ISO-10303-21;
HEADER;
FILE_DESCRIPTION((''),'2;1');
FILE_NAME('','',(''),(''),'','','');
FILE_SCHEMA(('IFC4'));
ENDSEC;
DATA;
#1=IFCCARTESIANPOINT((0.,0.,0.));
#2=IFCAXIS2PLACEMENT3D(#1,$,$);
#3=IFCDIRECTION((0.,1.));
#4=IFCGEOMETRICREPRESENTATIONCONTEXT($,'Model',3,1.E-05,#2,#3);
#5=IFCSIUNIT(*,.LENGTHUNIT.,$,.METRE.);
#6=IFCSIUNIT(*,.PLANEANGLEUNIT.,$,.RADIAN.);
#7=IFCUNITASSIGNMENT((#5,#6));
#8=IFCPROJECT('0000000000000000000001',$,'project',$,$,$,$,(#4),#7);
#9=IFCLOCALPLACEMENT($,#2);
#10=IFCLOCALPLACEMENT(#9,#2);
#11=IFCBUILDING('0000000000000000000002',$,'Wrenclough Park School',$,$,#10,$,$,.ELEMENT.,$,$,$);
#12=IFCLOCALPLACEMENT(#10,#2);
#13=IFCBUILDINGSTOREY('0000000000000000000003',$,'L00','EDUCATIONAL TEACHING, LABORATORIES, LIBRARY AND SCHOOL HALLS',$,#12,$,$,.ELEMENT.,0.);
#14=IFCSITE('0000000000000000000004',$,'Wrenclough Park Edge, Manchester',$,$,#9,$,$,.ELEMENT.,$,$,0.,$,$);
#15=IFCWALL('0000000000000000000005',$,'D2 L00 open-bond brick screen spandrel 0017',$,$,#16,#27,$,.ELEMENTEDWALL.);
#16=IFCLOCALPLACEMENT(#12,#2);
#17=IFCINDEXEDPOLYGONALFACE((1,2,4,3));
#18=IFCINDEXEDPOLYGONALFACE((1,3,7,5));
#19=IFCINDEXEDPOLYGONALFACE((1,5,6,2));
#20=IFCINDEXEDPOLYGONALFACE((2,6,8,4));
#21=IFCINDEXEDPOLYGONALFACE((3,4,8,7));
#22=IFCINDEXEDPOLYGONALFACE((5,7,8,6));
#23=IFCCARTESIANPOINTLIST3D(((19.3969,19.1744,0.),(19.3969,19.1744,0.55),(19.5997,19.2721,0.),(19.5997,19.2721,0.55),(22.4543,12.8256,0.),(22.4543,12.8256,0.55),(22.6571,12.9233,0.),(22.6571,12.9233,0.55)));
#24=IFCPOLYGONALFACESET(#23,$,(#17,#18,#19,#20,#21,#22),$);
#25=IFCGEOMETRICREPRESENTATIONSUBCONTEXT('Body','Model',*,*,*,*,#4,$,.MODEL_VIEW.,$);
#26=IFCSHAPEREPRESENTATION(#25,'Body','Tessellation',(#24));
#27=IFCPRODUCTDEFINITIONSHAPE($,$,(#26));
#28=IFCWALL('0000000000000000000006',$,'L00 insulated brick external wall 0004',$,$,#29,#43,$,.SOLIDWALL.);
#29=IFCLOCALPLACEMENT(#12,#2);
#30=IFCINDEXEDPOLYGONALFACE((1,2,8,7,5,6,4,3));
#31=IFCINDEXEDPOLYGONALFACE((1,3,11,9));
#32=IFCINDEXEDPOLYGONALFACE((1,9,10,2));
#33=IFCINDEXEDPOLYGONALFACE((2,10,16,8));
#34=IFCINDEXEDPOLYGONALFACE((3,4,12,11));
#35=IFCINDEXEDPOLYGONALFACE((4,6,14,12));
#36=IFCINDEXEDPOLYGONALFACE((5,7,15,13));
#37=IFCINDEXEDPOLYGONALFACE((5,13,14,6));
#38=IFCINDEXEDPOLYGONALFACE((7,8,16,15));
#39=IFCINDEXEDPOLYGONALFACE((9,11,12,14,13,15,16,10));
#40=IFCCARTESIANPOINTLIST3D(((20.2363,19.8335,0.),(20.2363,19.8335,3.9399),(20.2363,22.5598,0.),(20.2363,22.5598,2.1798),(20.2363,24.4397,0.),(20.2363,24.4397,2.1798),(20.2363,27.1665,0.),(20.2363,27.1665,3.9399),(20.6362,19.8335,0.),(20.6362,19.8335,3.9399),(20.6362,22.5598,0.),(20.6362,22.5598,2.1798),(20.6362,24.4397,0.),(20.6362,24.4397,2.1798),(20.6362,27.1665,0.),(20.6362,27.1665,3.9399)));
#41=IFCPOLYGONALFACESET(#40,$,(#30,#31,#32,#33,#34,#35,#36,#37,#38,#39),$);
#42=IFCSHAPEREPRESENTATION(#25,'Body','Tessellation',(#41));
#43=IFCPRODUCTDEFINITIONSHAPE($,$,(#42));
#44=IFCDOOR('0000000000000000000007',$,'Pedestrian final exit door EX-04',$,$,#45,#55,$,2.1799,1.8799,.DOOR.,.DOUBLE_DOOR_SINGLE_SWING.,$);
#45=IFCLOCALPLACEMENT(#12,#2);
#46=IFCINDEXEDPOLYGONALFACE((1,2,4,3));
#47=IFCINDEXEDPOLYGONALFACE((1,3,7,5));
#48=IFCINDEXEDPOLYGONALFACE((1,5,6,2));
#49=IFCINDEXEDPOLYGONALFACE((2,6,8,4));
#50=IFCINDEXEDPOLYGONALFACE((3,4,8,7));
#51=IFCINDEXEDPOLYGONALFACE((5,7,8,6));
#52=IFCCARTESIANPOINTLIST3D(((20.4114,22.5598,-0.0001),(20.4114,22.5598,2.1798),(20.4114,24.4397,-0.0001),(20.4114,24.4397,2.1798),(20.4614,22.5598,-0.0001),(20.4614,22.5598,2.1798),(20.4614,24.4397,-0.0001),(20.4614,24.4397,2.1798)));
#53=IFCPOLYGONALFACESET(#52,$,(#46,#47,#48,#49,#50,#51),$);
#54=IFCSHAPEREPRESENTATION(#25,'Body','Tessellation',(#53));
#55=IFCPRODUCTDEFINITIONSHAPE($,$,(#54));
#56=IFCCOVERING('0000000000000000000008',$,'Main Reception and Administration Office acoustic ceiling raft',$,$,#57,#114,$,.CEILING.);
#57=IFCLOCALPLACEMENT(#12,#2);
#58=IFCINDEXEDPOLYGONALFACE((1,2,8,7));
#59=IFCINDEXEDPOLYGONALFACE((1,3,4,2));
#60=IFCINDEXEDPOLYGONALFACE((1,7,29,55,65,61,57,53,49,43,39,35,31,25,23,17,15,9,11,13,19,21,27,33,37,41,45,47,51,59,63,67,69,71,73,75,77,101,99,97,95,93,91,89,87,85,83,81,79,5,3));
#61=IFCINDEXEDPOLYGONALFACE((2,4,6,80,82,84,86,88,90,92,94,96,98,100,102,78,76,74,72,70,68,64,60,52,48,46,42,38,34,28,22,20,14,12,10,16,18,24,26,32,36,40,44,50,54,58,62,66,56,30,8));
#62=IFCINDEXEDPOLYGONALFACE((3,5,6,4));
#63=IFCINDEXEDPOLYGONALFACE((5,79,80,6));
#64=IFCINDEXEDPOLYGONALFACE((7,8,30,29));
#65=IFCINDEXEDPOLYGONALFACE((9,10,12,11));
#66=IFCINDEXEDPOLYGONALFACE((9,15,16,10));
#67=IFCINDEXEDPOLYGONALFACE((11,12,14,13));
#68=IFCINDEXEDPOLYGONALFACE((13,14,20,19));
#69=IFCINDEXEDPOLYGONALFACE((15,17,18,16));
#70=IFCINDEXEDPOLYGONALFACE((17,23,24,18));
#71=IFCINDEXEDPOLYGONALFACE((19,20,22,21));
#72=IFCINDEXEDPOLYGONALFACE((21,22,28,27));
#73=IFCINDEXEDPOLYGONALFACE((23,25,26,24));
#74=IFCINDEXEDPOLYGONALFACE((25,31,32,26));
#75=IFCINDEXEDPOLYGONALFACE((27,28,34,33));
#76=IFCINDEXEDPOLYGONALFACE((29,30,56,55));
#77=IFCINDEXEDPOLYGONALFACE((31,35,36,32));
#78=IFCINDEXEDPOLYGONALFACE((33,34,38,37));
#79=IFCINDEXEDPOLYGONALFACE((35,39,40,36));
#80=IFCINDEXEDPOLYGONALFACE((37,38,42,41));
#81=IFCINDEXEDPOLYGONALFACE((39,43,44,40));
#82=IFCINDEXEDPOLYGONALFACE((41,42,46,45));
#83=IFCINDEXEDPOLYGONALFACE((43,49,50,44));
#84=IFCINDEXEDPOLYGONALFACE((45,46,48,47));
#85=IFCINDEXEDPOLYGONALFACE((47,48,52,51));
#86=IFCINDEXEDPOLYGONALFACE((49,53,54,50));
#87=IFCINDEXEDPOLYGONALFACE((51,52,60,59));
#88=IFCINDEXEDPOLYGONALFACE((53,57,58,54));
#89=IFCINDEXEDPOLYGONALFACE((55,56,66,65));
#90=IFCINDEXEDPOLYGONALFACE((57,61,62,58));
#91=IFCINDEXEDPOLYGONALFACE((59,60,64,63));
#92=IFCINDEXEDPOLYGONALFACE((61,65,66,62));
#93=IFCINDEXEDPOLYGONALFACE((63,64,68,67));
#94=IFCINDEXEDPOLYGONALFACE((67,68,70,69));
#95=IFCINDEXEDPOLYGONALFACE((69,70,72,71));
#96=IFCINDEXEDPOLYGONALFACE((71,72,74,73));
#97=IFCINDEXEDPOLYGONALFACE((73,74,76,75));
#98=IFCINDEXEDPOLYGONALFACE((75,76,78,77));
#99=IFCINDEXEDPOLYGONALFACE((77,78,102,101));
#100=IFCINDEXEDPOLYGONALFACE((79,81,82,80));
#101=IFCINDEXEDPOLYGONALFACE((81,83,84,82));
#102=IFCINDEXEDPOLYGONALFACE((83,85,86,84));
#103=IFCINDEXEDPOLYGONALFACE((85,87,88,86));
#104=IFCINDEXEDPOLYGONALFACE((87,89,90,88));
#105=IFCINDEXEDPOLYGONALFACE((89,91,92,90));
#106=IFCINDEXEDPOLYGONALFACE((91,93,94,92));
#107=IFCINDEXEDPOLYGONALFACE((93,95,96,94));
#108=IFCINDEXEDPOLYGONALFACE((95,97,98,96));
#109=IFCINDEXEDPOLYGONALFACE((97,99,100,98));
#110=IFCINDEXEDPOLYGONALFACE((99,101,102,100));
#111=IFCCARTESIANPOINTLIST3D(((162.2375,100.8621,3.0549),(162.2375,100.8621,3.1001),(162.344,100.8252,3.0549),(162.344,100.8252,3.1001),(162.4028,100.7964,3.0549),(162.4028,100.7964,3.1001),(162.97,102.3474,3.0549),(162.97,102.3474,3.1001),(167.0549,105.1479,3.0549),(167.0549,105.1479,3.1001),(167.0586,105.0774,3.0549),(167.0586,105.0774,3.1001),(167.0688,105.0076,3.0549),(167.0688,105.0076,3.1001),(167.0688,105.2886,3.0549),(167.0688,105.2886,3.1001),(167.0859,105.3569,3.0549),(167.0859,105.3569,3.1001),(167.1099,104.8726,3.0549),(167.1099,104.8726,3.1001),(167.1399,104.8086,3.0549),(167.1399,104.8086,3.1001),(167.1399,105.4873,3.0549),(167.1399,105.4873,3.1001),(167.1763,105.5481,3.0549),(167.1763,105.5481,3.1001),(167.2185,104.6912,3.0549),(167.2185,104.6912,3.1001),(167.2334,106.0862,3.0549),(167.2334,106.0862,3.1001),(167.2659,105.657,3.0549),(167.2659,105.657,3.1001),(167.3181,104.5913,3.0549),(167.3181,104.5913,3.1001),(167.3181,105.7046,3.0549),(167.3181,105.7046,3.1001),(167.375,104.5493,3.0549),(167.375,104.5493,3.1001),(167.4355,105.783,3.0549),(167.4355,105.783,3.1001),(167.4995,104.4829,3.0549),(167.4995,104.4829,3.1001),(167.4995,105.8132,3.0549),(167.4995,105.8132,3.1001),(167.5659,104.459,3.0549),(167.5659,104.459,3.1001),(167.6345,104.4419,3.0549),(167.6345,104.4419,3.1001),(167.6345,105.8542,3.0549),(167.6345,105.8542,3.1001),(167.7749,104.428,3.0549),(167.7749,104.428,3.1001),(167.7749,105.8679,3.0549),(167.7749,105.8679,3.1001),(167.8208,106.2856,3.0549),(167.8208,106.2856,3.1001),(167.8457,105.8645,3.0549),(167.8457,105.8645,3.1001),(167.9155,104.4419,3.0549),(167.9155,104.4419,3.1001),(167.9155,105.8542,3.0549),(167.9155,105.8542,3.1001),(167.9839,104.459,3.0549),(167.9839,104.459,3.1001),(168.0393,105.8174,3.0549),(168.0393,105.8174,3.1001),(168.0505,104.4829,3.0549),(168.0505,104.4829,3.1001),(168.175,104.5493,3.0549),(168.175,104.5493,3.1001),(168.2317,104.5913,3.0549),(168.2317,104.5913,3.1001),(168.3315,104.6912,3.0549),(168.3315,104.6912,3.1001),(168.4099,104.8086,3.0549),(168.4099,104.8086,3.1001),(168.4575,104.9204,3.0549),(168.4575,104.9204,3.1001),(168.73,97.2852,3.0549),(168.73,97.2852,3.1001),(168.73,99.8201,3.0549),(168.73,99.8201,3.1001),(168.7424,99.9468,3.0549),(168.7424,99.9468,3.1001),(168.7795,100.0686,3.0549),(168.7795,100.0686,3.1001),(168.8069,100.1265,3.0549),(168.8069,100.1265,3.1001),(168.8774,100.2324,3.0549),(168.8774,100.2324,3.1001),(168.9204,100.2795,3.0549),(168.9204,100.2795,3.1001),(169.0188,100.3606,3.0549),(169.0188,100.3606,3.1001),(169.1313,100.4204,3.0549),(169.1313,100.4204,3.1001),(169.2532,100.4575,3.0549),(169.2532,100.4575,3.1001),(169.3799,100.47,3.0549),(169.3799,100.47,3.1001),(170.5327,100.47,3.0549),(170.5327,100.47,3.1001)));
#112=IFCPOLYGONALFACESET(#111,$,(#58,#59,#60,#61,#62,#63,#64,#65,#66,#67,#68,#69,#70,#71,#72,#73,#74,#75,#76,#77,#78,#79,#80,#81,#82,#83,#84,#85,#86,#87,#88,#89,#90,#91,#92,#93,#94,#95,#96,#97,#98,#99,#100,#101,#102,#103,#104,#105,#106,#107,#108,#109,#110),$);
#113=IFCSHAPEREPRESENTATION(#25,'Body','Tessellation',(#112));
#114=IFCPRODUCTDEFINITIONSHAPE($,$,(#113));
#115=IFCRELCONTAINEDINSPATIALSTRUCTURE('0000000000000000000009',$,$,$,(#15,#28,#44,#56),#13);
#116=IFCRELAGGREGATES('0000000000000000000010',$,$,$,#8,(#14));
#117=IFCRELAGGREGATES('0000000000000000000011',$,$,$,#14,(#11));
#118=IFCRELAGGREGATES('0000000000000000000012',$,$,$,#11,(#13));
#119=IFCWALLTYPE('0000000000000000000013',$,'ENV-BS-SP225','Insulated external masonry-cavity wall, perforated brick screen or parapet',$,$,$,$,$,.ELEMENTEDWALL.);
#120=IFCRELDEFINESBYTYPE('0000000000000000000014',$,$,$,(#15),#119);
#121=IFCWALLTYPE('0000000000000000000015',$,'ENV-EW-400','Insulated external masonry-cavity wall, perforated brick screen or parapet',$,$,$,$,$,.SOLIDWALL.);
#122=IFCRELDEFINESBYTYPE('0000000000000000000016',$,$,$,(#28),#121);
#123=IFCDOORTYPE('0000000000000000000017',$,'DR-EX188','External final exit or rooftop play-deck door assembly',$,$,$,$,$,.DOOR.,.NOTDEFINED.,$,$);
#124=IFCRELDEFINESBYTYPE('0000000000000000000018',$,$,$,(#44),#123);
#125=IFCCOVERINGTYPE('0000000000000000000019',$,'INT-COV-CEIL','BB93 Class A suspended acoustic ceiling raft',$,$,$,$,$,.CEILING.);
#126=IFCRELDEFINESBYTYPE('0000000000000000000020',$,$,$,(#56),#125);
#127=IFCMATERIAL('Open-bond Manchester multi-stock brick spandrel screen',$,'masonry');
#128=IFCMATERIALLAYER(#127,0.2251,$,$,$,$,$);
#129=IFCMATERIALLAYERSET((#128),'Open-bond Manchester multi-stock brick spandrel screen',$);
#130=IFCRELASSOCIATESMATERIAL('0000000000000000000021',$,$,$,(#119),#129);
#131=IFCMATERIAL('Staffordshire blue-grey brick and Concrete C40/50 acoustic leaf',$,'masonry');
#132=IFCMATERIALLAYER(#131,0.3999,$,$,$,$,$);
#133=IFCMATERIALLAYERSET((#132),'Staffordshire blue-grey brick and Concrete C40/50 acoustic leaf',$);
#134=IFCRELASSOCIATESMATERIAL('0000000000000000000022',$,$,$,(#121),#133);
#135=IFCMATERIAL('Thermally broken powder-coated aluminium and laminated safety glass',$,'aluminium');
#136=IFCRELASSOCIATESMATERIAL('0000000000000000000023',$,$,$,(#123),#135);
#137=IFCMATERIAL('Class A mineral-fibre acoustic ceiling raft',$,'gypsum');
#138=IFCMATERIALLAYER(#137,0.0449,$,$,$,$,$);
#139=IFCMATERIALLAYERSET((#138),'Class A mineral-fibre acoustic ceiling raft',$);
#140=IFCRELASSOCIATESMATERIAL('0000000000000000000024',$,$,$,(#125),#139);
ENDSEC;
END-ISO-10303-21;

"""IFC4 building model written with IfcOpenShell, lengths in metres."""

from ifc_helpers import new_model, si_unit, direction, frame, frame_2d, origin, place, context, subcontext, project, spatial, polyline, rectangle, outline, extrude, material, layer, layer_set, type_object, element, fill, save


model = new_model("IFC4")

# Units and contexts
model_context = context("Model", 3, precision=1e-05, world=origin(), true_north=direction((0.0, 1.0)))
body_context = subcontext(model_context, "Body", "Model", "MODEL_VIEW")
ifc_project = project(units=[si_unit("LENGTHUNIT", "METRE"), si_unit("PLANEANGLEUNIT", "RADIAN")], contexts=[model_context])

# Site, building, storey
site_placement = place(None, origin())
site = spatial("IfcSite", under=ifc_project, at=site_placement, Name="Wrenclough Park Edge, Manchester", CompositionType="ELEMENT", RefElevation=0.0)
building_placement = place(site_placement, origin())
building = spatial("IfcBuilding", under=site, at=building_placement, Name="Wrenclough Park School", CompositionType="ELEMENT")
storey_placement = place(building_placement, origin())
storey = spatial("IfcBuildingStorey", under=building, at=storey_placement, Name="L00", Description="EDUCATIONAL TEACHING, LABORATORIES, LIBRARY AND SCHOOL HALLS", CompositionType="ELEMENT", Elevation=0.0)

# Wall
ifc_material_1 = material(Name="Open-bond Manchester multi-stock brick spandrel screen", Category="masonry")
ifc_layer_1 = layer(ifc_material_1, 0.2251)
ifc_layer_set_1 = layer_set([ifc_layer_1], Name="Open-bond Manchester multi-stock brick spandrel screen")
wall_type_1 = type_object("IfcWallType", Name="ENV-BS-SP225", Description="Insulated external masonry-cavity wall, perforated brick screen or parapet", PredefinedType="ELEMENTEDWALL", material=ifc_layer_set_1)
wall_1_placement = place(storey_placement, frame((19.4983, 19.2234, 0.0), z_axis=(0.0, 0.0, 1.0), x_axis=(0.433874, -0.900974, 0.0)))
element("IfcWall", 1, at=wall_1_placement, inside=storey, type_object=wall_type_1, Name="D2 L00 open-bond brick screen spandrel 0017", PredefinedType="ELEMENTEDWALL", context=body_context, shape_type="SweptSolid", body=[
    extrude(rectangle(XDim=7.0466, YDim=0.2251, at=frame_2d((3.5234, 0.0))), origin(), (0.0, 0.0, 1.0), 0.55),
])

# Wall, opening, door
ifc_material_2 = material(Name="Staffordshire blue-grey brick and Concrete C40/50 acoustic leaf", Category="masonry")
ifc_layer_2 = layer(ifc_material_2, 0.3999)
ifc_layer_set_2 = layer_set([ifc_layer_2], Name="Staffordshire blue-grey brick and Concrete C40/50 acoustic leaf")
wall_type_2 = type_object("IfcWallType", Name="ENV-EW-400", Description="Insulated external masonry-cavity wall, perforated brick screen or parapet", PredefinedType="SOLIDWALL", material=ifc_layer_set_2)
wall_2_placement = place(storey_placement, frame((20.4363, 19.8335, 0.0), z_axis=(0.0, 0.0, 1.0), x_axis=(0.0, 1.0, 0.0)))
wall_2 = element("IfcWall", 2, at=wall_2_placement, inside=storey, type_object=wall_type_2, Name="L00 insulated brick external wall 0004", PredefinedType="SOLIDWALL", context=body_context, shape_type="SweptSolid", body=[
    extrude(rectangle(XDim=7.333, YDim=0.3999, at=frame_2d((3.6665, 0.0))), origin(), (0.0, 0.0, 1.0), 3.9399),
])
opening_placement = place(wall_2_placement, frame((2.7263, 0.0, 0.0)))
opening = element("IfcOpeningElement", 3, at=opening_placement, cuts=wall_2, PredefinedType="OPENING", context=body_context, shape_type="SweptSolid", body=[
    extrude(rectangle(XDim=1.8799, YDim=2.1799, at=frame_2d((0.9399, 1.0898))), frame((0.0, 0.21, 0.0), z_axis=(0.0, -1.0, 0.0), x_axis=(1.0, 0.0, 0.0)), (0.0, 0.0, 1.0), 0.4199),
])
ifc_material_3 = material(Name="Thermally broken powder-coated aluminium and laminated safety glass", Category="aluminium")
door_type = type_object("IfcDoorType", Name="DR-EX188", Description="External final exit or rooftop play-deck door assembly", OperationType="NOTDEFINED", PredefinedType="DOOR", material=ifc_material_3)
door_placement = place(opening_placement, origin())
door = element("IfcDoor", 4, at=door_placement, inside=storey, type_object=door_type, Name="Pedestrian final exit door EX-04", OperationType="DOUBLE_DOOR_SINGLE_SWING", OverallHeight=2.1799, OverallWidth=1.8799, PredefinedType="DOOR", context=body_context, shape_type="SweptSolid", body=[
    extrude(rectangle(XDim=1.8799, YDim=2.1799, at=frame_2d((0.9399, 1.0898))), frame((0.0, 0.0249, 0.0), z_axis=(0.0, -1.0, 0.0), x_axis=(1.0, 0.0, 0.0)), (0.0, 0.0, 1.0), 0.05),
])
fill(opening, door)

# Covering
ifc_material_4 = material(Name="Class A mineral-fibre acoustic ceiling raft", Category="gypsum")
ifc_layer_3 = layer(ifc_material_4, 0.0449)
ifc_layer_set_3 = layer_set([ifc_layer_3], Name="Class A mineral-fibre acoustic ceiling raft")
covering_type_1 = type_object("IfcCoveringType", Name="INT-COV-CEIL", Description="BB93 Class A suspended acoustic ceiling raft", PredefinedType="CEILING", material=ifc_layer_set_3)
covering_1_placement = place(storey_placement, frame((0.0, 0.0, 3.0549)))
element("IfcCovering", 5, at=covering_1_placement, inside=storey, type_object=covering_type_1, Name="Main Reception and Administration Office acoustic ceiling raft", PredefinedType="CEILING", context=body_context, shape_type="SweptSolid", body=[
    extrude(outline(polyline([(162.97, 102.3474), (162.2375, 100.8621), (162.344, 100.8252), (162.4028, 100.7964), (168.73, 97.2852), (168.73, 99.8201), (168.7424, 99.9468), (168.7795, 100.0686), (168.8069, 100.1265), (168.8774, 100.2324), (168.9204, 100.2795), (169.0188, 100.3606), (169.1313, 100.4204), (169.2532, 100.4575), (169.3799, 100.47), (170.5327, 100.47), (168.4575, 104.9204), (168.4099, 104.8086), (168.3315, 104.6912), (168.2317, 104.5913), (168.175, 104.5493), (168.0505, 104.4829), (167.9839, 104.459), (167.9155, 104.4419), (167.7749, 104.428), (167.6345, 104.4419), (167.5659, 104.459), (167.4995, 104.4829), (167.375, 104.5493), (167.3181, 104.5913), (167.2185, 104.6912), (167.1399, 104.8086), (167.1099, 104.8726), (167.0688, 105.0076), (167.0586, 105.0774), (167.0549, 105.1479), (167.0688, 105.2886), (167.0859, 105.3569), (167.1399, 105.4873), (167.1763, 105.5481), (167.2659, 105.657), (167.3181, 105.7046), (167.4355, 105.783), (167.4995, 105.8132), (167.6345, 105.8542), (167.7749, 105.8679), (167.8457, 105.8645), (167.9155, 105.8542), (168.0393, 105.8174), (167.8208, 106.2856), (167.2334, 106.0862), (162.97, 102.3474)])), origin(), (0.0, 0.0, 1.0), 0.0452),
])

save(model, "model.ifc")
